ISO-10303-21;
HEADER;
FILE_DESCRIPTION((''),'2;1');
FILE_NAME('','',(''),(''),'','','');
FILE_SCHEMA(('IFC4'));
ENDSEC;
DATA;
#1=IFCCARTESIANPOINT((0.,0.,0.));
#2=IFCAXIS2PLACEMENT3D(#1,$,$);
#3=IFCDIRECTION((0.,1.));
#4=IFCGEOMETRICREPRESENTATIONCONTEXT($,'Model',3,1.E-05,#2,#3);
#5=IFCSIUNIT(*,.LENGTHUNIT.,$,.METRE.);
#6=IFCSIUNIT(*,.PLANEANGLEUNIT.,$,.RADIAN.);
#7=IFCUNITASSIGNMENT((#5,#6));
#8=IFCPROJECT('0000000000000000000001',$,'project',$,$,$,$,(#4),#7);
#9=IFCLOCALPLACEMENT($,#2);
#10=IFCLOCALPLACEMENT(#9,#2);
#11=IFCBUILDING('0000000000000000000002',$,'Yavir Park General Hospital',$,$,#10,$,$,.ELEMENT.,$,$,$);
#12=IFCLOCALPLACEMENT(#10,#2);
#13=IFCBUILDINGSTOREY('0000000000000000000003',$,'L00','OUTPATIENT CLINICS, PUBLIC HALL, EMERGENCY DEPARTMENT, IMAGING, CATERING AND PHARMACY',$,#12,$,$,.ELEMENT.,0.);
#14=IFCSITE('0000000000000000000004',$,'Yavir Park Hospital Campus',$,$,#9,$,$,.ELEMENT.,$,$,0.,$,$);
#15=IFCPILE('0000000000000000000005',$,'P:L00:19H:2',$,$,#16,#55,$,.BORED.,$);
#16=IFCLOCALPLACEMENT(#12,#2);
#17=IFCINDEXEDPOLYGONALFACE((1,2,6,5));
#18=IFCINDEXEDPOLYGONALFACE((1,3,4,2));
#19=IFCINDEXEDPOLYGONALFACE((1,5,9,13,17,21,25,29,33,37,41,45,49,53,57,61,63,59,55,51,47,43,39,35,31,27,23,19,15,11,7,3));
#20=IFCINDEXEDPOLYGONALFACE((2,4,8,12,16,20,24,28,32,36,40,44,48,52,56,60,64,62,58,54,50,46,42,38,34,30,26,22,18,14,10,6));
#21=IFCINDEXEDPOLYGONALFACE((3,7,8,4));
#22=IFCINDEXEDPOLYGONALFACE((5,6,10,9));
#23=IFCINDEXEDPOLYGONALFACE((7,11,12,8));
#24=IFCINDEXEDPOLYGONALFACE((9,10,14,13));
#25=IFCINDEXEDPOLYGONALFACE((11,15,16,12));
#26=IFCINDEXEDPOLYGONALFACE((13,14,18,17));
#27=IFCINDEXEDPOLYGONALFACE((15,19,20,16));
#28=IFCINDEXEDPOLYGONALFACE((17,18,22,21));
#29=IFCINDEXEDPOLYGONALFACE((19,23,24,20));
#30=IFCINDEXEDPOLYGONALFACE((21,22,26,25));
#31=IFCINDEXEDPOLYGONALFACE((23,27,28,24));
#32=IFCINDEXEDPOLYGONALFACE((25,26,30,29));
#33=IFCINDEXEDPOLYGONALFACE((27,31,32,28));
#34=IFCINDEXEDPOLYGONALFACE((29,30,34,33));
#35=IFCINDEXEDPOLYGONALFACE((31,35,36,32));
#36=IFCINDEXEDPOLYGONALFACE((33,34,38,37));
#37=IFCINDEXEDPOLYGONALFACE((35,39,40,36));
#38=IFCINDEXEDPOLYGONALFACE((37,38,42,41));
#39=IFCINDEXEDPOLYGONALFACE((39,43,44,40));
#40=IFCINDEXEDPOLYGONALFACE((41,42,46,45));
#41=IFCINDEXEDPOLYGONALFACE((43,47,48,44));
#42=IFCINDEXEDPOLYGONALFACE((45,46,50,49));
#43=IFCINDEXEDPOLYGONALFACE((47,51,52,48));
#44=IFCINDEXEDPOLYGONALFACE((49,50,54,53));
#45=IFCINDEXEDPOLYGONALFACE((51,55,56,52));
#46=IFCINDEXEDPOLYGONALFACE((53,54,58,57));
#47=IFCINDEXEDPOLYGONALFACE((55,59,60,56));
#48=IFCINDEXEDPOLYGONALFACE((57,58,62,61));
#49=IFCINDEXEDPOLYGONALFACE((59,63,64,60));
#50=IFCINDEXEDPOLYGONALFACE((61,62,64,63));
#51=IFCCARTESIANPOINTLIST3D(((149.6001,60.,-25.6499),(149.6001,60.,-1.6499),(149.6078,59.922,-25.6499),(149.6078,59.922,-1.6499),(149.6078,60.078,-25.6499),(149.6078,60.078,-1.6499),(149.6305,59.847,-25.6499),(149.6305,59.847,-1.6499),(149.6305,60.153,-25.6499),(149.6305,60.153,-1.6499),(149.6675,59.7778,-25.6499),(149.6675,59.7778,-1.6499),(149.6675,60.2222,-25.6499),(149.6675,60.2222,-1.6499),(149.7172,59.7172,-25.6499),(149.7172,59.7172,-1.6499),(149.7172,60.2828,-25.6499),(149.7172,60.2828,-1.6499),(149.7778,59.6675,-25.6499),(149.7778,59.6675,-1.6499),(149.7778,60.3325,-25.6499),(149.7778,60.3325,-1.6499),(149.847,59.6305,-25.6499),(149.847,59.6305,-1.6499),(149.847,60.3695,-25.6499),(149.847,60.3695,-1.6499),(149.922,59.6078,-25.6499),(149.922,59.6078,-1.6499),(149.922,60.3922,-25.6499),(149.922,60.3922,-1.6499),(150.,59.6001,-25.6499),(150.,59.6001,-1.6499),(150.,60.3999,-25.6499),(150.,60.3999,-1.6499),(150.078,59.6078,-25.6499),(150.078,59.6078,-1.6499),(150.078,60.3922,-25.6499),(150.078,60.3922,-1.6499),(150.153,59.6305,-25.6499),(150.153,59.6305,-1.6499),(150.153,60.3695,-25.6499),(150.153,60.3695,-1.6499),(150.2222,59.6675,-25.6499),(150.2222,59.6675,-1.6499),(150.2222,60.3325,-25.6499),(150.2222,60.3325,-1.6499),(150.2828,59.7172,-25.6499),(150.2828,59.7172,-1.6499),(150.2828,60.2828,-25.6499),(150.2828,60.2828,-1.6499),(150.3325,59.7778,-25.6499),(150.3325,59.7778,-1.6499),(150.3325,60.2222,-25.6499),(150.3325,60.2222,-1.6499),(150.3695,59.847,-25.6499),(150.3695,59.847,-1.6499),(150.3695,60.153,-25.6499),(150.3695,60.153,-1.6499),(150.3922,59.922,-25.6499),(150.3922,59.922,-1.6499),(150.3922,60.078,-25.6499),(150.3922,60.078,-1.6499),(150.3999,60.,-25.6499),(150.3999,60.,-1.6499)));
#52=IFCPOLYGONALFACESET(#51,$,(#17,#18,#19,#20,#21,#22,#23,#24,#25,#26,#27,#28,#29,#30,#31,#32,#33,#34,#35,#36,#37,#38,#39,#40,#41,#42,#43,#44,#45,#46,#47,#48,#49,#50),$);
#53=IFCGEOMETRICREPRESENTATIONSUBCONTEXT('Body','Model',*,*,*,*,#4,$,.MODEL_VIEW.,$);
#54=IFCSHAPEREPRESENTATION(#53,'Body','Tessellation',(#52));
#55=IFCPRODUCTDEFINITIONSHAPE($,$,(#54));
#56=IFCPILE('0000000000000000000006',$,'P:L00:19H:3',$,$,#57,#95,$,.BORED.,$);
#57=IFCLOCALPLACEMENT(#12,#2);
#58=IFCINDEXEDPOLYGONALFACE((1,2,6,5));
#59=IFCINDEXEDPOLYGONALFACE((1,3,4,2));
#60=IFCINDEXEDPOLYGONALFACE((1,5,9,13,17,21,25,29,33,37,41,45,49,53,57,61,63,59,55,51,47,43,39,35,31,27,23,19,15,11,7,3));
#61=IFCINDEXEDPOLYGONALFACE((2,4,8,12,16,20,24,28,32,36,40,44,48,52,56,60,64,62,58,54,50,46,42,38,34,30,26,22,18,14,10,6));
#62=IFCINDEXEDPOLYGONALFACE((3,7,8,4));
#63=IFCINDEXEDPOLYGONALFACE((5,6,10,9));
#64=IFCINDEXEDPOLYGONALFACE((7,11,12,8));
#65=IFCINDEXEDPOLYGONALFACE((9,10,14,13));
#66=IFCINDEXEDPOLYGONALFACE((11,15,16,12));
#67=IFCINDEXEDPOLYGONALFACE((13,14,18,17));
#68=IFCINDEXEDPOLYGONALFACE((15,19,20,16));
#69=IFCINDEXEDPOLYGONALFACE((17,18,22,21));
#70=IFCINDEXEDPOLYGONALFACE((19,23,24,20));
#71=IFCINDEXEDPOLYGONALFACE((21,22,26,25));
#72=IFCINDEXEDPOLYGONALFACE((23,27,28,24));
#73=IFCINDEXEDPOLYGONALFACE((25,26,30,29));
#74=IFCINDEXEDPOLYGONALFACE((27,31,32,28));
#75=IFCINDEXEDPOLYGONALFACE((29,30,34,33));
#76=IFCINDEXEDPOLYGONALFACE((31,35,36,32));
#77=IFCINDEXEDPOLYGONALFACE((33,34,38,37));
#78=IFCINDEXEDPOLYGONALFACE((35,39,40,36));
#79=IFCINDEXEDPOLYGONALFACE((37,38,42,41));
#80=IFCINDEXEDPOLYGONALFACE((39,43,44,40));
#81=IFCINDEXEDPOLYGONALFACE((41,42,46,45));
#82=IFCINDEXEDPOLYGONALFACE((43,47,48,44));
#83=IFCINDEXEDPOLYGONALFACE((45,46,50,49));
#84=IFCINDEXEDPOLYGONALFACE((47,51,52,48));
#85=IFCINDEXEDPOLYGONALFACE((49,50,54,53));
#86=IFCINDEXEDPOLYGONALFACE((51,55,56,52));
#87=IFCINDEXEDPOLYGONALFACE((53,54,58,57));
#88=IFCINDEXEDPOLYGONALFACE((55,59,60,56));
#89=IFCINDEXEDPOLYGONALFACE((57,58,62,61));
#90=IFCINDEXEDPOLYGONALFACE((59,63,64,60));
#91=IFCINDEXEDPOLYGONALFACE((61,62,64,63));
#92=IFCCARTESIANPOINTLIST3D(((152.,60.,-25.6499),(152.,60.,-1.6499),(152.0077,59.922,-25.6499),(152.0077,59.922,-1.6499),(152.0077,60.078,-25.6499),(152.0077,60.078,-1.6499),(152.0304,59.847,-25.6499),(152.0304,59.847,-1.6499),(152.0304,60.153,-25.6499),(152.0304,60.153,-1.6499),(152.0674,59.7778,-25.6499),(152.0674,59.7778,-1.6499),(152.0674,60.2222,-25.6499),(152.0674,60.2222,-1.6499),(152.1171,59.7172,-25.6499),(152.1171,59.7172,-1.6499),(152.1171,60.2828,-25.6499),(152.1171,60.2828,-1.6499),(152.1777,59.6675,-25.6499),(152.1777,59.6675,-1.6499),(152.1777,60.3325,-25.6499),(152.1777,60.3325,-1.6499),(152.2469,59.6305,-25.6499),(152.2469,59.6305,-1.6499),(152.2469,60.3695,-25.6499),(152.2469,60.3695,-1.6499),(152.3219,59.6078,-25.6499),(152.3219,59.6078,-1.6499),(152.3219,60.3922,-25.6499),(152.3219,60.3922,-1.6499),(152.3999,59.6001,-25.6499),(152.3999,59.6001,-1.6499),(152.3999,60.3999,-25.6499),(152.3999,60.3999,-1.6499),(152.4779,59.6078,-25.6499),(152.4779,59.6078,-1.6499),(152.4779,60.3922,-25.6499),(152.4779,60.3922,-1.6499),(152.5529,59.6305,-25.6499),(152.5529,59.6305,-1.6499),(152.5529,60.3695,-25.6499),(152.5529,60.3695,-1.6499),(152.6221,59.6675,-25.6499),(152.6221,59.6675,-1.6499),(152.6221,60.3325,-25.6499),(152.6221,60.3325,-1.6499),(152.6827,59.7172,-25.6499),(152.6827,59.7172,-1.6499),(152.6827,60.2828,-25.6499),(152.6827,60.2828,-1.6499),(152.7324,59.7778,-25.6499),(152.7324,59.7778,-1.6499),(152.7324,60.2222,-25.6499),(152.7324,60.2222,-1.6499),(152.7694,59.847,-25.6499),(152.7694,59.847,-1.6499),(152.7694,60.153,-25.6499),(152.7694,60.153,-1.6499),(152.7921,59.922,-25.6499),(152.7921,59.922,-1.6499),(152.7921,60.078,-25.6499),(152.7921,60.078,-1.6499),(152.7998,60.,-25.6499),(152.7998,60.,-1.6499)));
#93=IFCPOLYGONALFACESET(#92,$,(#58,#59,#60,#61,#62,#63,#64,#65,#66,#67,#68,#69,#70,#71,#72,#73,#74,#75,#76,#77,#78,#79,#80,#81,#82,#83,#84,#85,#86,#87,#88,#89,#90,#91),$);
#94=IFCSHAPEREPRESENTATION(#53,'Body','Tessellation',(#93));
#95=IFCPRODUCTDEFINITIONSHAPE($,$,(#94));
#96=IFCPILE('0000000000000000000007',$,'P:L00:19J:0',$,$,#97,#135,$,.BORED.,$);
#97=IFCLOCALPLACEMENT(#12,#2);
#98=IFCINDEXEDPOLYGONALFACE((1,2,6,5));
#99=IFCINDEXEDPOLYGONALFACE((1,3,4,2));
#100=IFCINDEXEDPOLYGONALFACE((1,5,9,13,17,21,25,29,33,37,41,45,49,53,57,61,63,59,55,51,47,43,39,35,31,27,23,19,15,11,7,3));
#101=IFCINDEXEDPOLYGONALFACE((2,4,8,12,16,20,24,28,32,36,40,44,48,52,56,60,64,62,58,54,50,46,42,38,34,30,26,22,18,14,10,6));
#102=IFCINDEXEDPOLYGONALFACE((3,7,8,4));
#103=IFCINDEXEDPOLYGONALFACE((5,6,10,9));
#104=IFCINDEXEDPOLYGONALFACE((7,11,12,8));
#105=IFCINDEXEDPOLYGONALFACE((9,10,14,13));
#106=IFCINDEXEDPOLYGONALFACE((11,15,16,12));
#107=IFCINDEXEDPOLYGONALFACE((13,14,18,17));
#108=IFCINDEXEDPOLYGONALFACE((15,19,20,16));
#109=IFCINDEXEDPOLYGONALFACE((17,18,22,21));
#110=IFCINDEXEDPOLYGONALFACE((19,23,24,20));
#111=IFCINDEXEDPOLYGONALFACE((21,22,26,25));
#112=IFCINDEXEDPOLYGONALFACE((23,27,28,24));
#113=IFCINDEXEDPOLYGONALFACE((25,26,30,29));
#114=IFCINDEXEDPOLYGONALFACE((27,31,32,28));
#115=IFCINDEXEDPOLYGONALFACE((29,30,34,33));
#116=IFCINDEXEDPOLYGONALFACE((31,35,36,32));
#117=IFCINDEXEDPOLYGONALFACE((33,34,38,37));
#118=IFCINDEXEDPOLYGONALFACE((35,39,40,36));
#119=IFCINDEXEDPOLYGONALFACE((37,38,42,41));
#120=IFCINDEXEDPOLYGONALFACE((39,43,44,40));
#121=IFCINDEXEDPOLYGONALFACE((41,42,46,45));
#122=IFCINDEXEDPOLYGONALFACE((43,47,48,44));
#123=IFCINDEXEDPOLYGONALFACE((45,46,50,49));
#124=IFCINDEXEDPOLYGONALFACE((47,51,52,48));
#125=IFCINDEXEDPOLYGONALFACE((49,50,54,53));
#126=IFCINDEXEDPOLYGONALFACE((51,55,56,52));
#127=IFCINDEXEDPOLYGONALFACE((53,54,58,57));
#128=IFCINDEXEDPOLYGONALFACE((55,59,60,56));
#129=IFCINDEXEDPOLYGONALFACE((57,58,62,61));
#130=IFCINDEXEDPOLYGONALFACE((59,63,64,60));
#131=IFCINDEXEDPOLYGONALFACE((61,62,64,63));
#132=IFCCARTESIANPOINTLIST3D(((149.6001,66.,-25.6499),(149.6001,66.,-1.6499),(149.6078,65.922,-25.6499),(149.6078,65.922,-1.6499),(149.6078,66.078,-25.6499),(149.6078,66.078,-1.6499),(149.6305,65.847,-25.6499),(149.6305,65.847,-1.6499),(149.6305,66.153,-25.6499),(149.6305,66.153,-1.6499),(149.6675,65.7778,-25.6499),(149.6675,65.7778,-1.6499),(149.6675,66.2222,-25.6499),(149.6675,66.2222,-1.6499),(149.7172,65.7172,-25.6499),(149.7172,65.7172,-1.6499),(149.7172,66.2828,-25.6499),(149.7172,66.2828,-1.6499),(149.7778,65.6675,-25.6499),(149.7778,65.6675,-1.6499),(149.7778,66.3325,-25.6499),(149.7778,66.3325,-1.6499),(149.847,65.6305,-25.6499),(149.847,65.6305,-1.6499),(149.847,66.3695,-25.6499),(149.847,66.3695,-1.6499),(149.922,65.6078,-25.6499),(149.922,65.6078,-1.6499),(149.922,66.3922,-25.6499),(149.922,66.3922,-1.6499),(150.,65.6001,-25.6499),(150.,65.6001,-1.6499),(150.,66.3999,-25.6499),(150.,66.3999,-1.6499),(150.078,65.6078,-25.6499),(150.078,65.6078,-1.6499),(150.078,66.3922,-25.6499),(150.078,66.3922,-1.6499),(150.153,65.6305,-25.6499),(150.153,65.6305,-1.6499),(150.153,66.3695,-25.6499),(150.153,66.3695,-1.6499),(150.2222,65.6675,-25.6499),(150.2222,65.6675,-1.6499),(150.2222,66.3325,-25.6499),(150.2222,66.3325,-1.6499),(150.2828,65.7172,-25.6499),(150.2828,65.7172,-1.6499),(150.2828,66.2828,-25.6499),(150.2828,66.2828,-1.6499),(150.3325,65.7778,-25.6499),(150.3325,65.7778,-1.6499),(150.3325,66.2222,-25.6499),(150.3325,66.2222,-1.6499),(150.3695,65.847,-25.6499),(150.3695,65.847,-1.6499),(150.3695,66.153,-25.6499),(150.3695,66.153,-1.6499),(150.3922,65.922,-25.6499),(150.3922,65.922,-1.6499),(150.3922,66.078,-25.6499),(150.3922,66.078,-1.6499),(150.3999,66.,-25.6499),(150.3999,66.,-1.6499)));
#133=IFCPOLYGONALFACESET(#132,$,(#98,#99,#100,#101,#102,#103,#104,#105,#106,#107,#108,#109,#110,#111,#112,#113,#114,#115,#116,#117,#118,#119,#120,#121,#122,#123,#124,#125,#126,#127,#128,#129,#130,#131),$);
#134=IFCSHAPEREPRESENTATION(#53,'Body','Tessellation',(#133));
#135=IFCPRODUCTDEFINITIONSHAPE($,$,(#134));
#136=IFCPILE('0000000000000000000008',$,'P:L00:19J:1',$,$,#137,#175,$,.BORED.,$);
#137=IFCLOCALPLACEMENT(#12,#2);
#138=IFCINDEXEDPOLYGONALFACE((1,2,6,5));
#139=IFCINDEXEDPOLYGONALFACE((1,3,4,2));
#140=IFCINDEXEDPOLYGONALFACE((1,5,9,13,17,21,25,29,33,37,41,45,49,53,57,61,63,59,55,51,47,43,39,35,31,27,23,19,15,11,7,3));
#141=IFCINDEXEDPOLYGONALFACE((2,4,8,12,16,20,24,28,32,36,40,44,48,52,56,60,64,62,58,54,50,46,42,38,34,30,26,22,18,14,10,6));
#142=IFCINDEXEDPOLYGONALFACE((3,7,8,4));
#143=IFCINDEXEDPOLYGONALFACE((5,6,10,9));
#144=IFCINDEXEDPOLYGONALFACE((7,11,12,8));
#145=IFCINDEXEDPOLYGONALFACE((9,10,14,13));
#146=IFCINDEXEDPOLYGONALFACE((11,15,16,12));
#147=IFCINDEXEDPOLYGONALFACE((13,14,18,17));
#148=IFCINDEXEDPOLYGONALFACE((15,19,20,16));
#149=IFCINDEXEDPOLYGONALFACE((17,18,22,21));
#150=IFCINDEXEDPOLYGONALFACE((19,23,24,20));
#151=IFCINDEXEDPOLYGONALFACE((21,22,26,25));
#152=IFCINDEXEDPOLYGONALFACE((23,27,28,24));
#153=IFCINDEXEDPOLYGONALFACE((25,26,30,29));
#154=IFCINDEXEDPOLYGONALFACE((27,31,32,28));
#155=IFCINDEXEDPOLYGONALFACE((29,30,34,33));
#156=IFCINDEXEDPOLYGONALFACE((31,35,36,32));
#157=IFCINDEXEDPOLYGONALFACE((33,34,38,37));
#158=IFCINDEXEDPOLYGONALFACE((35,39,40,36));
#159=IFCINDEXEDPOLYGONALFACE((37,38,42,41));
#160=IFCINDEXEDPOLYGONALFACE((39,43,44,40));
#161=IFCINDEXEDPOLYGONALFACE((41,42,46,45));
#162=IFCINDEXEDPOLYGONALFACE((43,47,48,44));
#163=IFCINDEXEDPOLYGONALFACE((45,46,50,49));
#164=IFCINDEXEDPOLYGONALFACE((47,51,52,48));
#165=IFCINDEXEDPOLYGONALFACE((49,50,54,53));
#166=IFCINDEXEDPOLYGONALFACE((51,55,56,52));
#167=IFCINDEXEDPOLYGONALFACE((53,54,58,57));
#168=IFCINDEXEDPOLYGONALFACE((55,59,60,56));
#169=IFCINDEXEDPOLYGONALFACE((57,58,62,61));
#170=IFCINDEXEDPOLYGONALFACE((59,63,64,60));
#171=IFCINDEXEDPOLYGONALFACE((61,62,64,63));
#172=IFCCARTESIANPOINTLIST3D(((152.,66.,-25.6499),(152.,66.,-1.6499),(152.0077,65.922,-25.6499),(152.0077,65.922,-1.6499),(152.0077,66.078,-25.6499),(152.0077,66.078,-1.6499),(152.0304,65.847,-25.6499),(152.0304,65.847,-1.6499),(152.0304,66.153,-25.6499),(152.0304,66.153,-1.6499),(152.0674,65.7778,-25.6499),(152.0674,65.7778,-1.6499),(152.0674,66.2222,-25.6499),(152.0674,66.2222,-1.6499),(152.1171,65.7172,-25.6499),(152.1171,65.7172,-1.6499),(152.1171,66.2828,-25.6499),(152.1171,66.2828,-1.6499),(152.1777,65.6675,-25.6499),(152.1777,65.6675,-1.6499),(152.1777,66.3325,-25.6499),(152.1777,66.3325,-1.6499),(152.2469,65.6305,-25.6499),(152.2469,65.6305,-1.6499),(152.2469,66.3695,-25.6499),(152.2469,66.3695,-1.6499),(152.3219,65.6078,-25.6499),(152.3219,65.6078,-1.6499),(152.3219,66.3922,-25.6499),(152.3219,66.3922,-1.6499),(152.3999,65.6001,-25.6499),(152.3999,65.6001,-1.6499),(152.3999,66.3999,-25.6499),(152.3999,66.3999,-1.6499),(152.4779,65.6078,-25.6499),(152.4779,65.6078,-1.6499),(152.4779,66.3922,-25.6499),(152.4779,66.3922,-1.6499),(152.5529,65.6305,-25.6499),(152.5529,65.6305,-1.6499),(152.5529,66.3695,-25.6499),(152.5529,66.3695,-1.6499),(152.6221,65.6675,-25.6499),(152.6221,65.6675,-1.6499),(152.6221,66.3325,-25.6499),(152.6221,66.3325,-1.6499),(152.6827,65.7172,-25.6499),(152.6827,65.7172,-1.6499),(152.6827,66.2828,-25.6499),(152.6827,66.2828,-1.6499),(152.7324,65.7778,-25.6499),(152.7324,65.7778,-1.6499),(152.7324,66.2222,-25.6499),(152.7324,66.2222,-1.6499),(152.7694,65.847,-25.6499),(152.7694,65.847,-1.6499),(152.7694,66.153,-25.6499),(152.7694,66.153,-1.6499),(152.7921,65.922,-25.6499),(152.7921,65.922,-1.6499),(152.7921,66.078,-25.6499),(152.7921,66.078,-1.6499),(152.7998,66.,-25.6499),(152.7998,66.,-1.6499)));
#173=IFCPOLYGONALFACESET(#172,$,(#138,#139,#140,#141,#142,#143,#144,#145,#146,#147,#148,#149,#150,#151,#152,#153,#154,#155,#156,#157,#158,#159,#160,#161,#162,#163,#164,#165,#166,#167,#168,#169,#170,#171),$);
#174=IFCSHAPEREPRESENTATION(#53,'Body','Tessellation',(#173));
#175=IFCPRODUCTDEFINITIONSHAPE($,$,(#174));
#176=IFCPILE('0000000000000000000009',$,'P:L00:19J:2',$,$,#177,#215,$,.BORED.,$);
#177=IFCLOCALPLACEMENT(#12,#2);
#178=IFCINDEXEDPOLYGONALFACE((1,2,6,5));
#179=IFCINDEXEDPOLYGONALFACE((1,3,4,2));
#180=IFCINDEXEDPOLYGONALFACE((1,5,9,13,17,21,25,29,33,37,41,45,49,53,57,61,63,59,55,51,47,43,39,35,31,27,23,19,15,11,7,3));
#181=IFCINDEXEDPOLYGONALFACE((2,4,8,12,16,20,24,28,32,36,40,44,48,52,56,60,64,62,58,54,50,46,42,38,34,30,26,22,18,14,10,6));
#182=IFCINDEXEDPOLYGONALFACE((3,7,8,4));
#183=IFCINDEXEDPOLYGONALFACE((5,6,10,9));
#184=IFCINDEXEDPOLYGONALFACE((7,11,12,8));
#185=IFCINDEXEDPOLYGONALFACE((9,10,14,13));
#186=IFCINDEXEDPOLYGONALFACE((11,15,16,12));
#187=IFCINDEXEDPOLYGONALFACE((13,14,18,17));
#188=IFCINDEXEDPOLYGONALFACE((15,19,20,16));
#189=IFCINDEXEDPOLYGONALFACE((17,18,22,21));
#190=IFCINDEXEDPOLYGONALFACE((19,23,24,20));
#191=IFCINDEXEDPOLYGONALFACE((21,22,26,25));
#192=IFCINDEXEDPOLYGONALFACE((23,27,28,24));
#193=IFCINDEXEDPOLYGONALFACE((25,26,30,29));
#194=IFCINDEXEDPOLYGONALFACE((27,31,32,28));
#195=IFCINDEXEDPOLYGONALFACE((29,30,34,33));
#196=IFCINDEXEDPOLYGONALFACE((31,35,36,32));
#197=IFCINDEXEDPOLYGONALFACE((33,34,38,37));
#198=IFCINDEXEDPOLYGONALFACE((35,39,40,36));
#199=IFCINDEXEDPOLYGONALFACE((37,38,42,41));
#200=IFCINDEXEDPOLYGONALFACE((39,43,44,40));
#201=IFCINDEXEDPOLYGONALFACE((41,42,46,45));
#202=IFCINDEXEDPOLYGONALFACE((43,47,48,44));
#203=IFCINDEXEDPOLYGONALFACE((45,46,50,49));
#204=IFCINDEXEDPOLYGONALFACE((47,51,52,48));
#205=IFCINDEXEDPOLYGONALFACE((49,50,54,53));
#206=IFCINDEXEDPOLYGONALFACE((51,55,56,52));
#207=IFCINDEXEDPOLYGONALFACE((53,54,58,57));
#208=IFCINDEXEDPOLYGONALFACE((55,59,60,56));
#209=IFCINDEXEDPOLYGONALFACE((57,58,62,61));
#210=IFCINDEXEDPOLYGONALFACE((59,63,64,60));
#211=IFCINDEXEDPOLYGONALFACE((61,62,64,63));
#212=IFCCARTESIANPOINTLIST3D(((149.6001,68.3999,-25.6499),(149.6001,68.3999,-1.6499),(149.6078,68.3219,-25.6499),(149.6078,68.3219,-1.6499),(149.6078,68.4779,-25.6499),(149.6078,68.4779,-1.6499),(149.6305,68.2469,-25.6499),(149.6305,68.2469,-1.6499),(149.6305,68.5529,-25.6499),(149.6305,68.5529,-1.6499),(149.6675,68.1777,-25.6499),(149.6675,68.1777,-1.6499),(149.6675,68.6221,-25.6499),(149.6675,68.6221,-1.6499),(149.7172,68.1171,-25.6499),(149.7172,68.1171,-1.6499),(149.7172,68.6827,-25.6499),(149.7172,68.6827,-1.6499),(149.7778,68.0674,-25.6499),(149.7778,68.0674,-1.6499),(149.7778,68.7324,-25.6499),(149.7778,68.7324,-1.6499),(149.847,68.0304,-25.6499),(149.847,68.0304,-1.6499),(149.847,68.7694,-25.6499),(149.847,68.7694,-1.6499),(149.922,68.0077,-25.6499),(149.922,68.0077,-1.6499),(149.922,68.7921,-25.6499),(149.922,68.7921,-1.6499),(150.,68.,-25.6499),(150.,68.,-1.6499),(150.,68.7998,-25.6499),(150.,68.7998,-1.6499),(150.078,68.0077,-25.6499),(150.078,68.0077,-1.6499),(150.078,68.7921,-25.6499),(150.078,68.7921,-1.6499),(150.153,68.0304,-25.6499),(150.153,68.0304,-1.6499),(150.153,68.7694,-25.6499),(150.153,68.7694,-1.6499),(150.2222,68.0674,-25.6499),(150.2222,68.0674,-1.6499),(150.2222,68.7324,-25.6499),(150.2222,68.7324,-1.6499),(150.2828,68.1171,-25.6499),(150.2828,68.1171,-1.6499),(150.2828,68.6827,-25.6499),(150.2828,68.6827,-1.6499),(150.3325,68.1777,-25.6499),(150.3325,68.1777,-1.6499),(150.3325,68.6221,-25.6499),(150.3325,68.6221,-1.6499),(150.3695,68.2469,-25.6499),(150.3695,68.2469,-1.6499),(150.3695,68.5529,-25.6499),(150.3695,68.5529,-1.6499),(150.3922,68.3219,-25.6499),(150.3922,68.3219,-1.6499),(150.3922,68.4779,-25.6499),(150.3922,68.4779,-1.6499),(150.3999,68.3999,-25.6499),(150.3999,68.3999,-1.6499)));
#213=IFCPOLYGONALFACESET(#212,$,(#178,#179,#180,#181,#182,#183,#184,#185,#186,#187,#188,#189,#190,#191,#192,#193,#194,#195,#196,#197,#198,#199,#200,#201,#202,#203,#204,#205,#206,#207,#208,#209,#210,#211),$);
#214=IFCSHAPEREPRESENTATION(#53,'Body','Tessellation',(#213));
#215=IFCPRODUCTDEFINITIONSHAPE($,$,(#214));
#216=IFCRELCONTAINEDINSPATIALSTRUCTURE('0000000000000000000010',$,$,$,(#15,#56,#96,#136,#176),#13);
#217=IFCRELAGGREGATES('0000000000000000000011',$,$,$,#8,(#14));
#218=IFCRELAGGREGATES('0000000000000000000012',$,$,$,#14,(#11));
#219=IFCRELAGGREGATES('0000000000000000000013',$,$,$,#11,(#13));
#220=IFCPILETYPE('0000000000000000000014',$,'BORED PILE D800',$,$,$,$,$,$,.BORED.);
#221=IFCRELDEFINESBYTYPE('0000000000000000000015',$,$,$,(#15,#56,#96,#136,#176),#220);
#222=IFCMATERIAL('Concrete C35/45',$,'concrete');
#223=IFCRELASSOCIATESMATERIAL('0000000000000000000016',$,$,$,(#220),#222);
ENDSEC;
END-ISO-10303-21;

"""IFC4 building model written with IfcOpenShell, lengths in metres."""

from ifc_helpers import new_model, si_unit, direction, frame, origin, origin_2d, place, context, subcontext, project, spatial, circle, extrude, material, material_profile, profile_set, type_object, element, save


model = new_model("IFC4")

# Units and contexts
model_context = context("Model", 3, precision=1e-05, world=origin(), true_north=direction((0.0, 1.0)))
body_context = subcontext(model_context, "Body", "Model", "MODEL_VIEW")
ifc_project = project(units=[si_unit("LENGTHUNIT", "METRE"), si_unit("PLANEANGLEUNIT", "RADIAN")], contexts=[model_context])

# Site, building, storey
site_placement = place(None, origin())
site = spatial("IfcSite", under=ifc_project, at=site_placement, Name="Yavir Park Hospital Campus", CompositionType="ELEMENT", RefElevation=0.0)
building_placement = place(site_placement, origin())
building = spatial("IfcBuilding", under=site, at=building_placement, Name="Yavir Park General Hospital", CompositionType="ELEMENT")
storey_placement = place(building_placement, origin())
storey = spatial("IfcBuildingStorey", under=building, at=storey_placement, Name="L00", Description="OUTPATIENT CLINICS, PUBLIC HALL, EMERGENCY DEPARTMENT, IMAGING, CATERING AND PHARMACY", CompositionType="ELEMENT", Elevation=0.0)

# Piles
ifc_material_1 = material(Name="Concrete C35/45", Category="concrete")
ifc_material_profile_1 = material_profile(ifc_material_1, circle(Radius=0.3999, at=origin_2d()), Name="D800")
ifc_profile_set_1 = profile_set([ifc_material_profile_1], Name="Concrete C35/45")
pile_type_1 = type_object("IfcPileType", Name="BORED PILE D800", PredefinedType="BORED", material=ifc_profile_set_1)
for number, where, z_axis, x_axis, name in (
    (1, (150.0, 60.0, -1.6499), (0.0, 0.0, -1.0), (1.0, 0.0, 0.0), "P:L00:19H:2"),
    (2, (152.3999, 60.0, -1.6499), (0.0, 0.0, -1.0), (1.0, 0.0, 0.0), "P:L00:19H:3"),
    (3, (150.0, 66.0, -1.6499), (0.0, 0.0, -1.0), (1.0, 0.0, 0.0), "P:L00:19J:0"),
    (4, (152.3999, 66.0, -1.6499), (0.0, 0.0, -1.0), (1.0, 0.0, 0.0), "P:L00:19J:1"),
    (5, (150.0, 68.3999, -1.6499), (0.0, 0.0, -1.0), (1.0, 0.0, 0.0), "P:L00:19J:2"),
):
    element("IfcPile", number, at=place(storey_placement, frame(where, z_axis=z_axis, x_axis=x_axis)), inside=storey, type_object=pile_type_1, Name=name, PredefinedType="BORED", context=body_context, shape_type="SweptSolid", body=[
        extrude(circle(Radius=0.3999, at=origin_2d()), origin(), (0.0, 0.0, 1.0), 24.0),
    ])

save(model, "model.ifc")
